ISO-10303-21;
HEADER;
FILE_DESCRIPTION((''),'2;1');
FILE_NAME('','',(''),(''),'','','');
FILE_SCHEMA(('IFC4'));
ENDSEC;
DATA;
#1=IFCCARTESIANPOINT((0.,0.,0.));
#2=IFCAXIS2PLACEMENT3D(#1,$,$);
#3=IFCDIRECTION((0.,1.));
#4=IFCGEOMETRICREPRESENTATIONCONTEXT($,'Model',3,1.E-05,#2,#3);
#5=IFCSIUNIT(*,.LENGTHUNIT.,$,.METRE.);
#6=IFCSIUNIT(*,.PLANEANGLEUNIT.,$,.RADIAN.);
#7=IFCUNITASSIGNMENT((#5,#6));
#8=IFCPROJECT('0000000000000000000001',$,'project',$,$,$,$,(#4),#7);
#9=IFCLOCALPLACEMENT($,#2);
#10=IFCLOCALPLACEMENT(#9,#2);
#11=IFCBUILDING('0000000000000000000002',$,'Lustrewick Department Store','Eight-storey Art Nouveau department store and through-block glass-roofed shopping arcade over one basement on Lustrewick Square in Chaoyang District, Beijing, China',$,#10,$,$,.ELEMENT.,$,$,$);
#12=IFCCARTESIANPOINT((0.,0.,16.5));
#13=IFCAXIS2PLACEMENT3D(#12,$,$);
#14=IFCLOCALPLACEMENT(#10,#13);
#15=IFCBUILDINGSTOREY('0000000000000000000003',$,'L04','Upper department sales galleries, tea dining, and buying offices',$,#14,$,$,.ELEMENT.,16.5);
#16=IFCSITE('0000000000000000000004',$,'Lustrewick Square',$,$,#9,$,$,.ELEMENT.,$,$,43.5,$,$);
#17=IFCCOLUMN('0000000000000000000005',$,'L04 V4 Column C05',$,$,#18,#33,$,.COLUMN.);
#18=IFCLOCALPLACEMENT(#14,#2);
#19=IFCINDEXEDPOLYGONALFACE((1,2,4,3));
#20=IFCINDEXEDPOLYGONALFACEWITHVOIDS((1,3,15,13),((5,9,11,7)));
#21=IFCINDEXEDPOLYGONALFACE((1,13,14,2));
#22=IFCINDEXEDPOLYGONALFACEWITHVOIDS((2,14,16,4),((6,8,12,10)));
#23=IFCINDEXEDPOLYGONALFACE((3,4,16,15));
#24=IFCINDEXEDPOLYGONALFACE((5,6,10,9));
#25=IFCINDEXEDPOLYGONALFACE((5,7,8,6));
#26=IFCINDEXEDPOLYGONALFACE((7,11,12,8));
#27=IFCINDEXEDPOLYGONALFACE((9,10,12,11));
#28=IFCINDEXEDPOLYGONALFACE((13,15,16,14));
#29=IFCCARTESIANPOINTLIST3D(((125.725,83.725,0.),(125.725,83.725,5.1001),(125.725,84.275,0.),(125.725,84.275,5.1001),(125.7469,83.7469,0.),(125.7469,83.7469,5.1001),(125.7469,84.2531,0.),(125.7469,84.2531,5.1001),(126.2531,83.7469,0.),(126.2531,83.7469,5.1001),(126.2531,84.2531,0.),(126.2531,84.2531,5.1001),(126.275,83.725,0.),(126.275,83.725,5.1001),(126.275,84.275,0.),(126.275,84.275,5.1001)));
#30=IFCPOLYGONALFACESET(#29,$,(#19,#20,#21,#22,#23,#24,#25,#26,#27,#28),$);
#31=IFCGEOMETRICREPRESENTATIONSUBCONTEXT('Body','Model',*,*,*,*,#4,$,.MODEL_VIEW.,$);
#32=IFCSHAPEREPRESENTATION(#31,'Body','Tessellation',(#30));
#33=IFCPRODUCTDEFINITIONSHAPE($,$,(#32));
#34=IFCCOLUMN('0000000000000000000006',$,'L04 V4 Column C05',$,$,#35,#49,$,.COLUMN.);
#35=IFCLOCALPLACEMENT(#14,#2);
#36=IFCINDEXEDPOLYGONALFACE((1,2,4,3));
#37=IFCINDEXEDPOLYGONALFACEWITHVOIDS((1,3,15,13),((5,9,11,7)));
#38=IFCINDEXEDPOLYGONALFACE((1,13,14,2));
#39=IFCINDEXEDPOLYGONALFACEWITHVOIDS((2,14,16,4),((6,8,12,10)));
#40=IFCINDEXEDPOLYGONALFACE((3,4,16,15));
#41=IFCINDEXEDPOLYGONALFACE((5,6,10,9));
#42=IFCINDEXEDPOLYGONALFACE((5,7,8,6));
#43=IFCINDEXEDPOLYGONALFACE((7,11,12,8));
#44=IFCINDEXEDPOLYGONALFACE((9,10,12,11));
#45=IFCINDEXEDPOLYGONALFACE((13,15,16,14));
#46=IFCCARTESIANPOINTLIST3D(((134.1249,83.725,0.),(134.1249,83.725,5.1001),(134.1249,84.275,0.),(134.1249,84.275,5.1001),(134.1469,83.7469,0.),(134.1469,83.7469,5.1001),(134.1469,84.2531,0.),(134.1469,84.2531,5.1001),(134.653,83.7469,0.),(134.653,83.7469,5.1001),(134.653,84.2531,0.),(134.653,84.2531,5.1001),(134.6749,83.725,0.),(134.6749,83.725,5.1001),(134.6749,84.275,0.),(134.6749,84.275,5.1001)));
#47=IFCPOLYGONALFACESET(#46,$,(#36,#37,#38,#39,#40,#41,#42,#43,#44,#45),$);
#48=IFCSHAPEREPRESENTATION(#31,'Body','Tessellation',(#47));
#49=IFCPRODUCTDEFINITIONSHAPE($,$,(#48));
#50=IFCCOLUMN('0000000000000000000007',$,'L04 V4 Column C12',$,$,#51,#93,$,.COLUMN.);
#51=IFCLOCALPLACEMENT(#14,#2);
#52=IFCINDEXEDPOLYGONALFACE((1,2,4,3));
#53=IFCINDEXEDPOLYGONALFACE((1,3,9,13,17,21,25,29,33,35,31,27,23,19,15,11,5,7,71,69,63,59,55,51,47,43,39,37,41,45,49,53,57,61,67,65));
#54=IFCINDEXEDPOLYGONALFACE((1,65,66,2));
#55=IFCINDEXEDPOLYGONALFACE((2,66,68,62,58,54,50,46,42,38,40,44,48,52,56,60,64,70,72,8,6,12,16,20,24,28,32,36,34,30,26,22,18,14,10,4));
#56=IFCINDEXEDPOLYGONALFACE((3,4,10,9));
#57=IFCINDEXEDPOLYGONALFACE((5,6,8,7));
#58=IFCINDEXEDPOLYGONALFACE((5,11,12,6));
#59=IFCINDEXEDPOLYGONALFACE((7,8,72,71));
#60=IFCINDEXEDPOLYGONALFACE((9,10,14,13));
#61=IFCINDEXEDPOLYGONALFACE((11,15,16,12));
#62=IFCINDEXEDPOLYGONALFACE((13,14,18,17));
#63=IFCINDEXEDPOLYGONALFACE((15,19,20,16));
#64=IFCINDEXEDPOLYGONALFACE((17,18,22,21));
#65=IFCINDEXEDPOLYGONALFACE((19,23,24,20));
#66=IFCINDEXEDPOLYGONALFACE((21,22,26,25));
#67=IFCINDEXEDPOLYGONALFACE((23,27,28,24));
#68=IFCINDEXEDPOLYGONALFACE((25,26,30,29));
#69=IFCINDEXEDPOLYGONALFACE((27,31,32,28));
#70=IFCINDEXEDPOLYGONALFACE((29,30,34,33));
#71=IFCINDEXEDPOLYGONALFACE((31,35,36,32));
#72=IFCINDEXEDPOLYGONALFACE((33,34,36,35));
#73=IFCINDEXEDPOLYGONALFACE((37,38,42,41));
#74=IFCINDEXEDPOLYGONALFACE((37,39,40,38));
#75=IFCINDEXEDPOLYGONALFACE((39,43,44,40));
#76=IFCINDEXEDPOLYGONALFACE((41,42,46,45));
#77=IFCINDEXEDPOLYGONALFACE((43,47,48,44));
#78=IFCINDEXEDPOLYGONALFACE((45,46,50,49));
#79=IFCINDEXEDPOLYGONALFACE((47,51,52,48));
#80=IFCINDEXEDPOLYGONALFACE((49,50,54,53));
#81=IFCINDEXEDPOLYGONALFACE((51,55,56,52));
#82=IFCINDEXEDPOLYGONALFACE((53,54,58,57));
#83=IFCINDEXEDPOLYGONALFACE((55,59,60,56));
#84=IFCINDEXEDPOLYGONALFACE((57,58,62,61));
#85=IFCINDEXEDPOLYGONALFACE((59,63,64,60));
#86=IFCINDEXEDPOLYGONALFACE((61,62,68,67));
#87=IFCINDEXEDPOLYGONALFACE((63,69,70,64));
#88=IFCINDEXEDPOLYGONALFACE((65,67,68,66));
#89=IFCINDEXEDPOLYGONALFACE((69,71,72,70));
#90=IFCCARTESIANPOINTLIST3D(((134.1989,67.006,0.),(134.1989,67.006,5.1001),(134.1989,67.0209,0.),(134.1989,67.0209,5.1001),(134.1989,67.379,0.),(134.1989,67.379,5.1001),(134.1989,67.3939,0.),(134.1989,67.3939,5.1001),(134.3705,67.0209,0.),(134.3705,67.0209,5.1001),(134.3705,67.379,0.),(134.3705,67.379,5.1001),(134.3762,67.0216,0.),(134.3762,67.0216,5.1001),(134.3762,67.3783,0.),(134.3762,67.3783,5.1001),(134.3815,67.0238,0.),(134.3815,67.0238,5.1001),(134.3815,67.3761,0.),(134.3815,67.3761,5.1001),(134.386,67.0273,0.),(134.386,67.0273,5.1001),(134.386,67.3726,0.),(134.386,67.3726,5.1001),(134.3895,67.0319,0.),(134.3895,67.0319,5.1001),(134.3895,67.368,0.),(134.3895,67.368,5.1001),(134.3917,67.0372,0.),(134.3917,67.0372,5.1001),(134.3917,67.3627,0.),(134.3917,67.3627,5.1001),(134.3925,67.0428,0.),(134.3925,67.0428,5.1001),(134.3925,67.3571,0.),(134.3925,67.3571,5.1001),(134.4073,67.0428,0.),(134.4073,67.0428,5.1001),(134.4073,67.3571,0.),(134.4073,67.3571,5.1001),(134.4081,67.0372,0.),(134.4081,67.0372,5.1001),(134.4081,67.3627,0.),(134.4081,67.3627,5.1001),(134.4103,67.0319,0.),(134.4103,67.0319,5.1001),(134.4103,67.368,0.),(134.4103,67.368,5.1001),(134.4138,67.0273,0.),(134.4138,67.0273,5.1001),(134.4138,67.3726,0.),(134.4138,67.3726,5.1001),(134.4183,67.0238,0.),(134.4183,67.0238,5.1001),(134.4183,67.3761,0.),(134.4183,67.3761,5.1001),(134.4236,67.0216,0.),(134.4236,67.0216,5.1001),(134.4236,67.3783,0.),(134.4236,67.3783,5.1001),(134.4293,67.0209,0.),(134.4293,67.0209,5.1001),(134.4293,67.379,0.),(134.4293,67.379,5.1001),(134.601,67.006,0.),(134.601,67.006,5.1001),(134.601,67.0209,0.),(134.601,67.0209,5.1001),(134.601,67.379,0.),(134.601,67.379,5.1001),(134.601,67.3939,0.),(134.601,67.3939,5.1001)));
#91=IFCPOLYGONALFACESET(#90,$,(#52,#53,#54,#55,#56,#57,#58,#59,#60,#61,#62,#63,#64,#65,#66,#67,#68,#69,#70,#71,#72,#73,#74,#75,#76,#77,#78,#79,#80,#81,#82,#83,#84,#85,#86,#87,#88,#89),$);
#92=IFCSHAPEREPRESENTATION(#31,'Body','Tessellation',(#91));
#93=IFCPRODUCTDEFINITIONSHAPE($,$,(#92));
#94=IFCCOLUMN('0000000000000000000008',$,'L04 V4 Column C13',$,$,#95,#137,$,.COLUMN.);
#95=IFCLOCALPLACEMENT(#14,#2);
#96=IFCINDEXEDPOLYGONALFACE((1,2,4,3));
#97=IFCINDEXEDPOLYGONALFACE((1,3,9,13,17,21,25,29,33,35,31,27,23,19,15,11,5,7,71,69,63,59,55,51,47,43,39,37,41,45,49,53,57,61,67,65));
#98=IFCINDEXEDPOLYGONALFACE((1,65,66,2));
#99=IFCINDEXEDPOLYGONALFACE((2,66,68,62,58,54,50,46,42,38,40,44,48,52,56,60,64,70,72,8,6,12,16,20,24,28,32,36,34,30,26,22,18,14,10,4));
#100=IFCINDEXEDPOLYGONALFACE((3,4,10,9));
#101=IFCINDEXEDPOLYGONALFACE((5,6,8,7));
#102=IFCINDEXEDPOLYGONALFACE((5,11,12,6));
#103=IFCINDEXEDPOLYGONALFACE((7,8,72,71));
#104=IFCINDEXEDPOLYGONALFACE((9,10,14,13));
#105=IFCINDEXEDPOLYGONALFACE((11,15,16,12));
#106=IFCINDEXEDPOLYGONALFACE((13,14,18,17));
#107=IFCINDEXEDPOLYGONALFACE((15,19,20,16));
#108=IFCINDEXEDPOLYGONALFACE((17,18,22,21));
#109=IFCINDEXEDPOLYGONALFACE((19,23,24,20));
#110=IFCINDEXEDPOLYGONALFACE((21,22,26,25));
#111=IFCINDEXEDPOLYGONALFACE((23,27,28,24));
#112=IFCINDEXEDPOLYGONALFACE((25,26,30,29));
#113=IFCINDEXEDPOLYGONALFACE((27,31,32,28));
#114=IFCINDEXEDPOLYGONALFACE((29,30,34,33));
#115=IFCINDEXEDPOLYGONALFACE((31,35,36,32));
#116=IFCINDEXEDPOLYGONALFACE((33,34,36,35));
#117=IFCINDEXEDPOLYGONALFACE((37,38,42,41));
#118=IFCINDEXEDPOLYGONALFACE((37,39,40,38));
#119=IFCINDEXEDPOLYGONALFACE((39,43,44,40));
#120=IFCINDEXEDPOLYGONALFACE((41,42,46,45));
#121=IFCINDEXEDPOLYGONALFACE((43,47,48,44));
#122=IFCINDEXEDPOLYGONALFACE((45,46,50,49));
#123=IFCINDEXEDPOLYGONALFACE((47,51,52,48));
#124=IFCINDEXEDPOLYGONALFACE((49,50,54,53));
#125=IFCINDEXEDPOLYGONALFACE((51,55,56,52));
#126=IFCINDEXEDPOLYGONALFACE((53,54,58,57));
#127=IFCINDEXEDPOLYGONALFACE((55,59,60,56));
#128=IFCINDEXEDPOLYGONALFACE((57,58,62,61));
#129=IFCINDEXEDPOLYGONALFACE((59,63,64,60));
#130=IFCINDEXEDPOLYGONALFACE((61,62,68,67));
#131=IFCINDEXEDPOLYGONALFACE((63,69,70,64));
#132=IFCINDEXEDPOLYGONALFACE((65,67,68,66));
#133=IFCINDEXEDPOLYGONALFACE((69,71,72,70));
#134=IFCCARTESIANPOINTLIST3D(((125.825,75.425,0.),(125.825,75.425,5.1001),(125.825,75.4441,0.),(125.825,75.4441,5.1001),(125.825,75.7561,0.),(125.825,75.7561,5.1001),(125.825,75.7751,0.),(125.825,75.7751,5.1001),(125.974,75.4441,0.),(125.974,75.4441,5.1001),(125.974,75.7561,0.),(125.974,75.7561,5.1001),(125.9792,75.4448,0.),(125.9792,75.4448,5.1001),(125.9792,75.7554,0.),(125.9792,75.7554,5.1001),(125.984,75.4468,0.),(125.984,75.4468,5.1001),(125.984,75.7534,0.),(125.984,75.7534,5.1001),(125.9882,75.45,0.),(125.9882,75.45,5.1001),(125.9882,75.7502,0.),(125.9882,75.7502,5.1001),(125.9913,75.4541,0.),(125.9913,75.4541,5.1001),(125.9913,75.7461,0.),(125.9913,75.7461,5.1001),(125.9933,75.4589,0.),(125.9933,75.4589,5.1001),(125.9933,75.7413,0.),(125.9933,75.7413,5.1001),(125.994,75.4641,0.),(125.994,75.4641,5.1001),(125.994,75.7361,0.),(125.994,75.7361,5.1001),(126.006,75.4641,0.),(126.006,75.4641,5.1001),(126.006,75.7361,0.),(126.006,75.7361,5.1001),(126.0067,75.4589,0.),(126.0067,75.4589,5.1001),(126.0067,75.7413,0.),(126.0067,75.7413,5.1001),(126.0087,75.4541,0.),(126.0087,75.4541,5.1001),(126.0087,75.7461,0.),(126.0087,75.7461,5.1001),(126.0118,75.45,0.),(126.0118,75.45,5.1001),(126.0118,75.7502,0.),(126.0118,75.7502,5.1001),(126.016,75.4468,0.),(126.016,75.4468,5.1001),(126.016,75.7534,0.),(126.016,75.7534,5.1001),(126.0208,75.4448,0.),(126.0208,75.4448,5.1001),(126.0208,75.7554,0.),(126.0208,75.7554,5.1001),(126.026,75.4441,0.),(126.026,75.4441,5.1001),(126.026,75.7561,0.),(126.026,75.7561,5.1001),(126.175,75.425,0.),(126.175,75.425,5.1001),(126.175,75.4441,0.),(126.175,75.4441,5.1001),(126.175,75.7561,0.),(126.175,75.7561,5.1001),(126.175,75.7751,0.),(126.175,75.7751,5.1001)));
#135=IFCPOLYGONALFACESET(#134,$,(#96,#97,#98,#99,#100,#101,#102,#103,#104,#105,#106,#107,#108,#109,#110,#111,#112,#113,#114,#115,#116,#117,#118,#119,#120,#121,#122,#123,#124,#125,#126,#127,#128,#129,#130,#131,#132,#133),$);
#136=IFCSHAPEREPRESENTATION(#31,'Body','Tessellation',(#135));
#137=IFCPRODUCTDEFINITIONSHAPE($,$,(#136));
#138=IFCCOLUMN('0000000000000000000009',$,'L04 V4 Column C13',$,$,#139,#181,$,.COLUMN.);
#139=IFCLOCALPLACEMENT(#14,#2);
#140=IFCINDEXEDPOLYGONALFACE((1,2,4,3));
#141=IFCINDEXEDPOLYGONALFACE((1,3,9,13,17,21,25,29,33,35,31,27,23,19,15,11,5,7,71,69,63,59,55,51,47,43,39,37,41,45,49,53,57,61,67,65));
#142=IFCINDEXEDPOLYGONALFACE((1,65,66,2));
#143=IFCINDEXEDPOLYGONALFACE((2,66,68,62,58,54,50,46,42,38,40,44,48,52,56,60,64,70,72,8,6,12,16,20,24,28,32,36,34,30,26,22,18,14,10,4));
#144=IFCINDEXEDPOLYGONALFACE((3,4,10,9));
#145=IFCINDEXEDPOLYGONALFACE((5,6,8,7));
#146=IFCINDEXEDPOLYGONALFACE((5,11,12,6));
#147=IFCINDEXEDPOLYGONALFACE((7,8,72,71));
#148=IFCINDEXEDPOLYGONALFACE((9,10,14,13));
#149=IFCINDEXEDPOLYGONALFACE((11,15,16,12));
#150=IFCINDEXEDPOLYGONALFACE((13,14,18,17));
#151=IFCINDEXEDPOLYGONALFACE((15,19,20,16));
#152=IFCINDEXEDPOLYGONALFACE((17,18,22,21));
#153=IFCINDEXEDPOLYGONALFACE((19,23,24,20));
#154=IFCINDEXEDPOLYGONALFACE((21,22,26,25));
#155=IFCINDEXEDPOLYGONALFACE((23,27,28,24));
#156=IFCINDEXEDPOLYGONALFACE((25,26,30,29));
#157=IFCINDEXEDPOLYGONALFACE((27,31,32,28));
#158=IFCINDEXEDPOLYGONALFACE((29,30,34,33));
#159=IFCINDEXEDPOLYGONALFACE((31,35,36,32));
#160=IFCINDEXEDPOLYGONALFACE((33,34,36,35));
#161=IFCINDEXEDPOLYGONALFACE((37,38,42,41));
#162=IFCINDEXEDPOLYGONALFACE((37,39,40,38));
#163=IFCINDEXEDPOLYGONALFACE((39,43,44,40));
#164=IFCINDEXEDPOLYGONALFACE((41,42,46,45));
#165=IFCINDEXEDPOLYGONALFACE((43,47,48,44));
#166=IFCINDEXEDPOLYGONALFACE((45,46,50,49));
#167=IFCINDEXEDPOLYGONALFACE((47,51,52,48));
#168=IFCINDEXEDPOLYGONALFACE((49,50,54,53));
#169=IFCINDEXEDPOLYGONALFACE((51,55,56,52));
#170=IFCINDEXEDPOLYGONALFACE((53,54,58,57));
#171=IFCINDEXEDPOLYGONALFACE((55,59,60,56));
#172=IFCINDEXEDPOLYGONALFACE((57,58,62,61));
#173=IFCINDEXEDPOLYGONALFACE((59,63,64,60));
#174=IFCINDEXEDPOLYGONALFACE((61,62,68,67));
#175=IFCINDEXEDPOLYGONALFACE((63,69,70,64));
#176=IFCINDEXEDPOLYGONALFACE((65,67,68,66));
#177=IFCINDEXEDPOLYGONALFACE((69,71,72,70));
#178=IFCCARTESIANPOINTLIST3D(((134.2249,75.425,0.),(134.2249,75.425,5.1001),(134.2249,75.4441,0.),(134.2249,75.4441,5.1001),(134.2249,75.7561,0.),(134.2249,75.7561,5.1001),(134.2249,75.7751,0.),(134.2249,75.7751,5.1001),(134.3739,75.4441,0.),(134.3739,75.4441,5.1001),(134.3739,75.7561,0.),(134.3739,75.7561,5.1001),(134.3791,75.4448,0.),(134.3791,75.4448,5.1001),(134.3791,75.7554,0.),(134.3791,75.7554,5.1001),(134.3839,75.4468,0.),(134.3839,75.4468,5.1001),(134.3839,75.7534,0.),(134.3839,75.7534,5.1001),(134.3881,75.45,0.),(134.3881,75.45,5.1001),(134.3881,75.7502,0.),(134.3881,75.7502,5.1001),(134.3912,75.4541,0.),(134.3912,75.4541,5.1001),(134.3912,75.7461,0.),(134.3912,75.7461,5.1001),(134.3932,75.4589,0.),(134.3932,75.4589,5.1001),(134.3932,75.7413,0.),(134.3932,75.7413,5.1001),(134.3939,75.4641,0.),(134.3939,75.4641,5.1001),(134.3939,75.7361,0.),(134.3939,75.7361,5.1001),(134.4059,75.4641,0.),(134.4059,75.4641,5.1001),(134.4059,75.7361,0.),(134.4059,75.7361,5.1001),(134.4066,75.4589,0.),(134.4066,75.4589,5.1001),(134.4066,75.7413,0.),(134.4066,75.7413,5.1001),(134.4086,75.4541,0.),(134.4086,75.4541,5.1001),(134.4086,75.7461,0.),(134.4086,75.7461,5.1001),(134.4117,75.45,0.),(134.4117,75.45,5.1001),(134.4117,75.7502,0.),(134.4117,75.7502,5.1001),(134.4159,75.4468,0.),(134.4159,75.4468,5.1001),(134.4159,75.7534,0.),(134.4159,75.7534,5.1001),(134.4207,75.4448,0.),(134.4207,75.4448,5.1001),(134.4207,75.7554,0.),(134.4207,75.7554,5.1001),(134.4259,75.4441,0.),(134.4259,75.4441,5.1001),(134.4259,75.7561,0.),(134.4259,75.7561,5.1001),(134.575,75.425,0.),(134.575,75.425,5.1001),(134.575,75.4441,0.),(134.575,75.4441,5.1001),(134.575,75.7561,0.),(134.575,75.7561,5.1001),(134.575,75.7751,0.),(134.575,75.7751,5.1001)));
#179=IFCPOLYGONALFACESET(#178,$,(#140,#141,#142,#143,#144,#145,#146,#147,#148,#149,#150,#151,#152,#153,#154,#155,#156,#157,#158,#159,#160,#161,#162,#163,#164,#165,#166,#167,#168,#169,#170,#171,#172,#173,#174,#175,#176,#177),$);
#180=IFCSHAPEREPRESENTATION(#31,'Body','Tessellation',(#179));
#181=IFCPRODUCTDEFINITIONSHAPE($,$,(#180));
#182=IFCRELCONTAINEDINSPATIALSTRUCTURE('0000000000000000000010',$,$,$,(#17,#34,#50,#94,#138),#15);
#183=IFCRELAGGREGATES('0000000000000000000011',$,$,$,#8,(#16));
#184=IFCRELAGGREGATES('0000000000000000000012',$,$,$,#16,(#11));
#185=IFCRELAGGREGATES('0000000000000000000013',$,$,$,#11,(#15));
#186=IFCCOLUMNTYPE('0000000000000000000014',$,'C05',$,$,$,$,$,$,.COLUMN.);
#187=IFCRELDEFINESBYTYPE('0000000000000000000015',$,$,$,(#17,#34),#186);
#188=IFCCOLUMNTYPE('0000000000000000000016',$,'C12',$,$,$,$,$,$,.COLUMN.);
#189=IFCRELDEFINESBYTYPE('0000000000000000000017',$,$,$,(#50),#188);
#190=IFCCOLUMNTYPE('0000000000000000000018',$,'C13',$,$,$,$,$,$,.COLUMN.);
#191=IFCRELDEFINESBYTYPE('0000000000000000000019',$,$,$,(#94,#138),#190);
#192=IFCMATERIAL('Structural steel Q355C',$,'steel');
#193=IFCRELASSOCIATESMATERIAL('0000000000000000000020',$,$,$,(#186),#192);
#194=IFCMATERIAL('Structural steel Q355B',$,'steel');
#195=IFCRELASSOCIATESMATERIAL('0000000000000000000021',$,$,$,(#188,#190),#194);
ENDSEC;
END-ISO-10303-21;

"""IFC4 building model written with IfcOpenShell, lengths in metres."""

from ifc_helpers import new_model, si_unit, direction, frame, origin, origin_2d, place, context, subcontext, project, spatial, hollow_rectangle, i_section, extrude, material, material_profile, profile_set, type_object, element, save


model = new_model("IFC4")

# Units and contexts
model_context = context("Model", 3, precision=1e-05, world=origin(), true_north=direction((0.0, 1.0)))
body_context = subcontext(model_context, "Body", "Model", "MODEL_VIEW")
ifc_project = project(units=[si_unit("LENGTHUNIT", "METRE"), si_unit("PLANEANGLEUNIT", "RADIAN")], contexts=[model_context])

# Site, building, storey
site_placement = place(None, origin())
site = spatial("IfcSite", under=ifc_project, at=site_placement, Name="Lustrewick Square", CompositionType="ELEMENT", RefElevation=43.5)
building_placement = place(site_placement, origin())
building = spatial("IfcBuilding", under=site, at=building_placement, Name="Lustrewick Department Store", Description="Eight-storey Art Nouveau department store and through-block glass-roofed shopping arcade over one basement on Lustrewick Square in Chaoyang District, Beijing, China", CompositionType="ELEMENT")
storey_placement = place(building_placement, frame((0.0, 0.0, 16.5)))
storey = spatial("IfcBuildingStorey", under=building, at=storey_placement, Name="L04", Description="Upper department sales galleries, tea dining, and buying offices", CompositionType="ELEMENT", Elevation=16.5)

# Columns
ifc_material_1 = material(Name="Structural steel Q355C", Category="steel")
ifc_material_profile_1 = material_profile(ifc_material_1, hollow_rectangle(XDim=0.55, YDim=0.55, WallThickness=0.022, at=origin_2d()), Name="BOX 550x550x22")
ifc_profile_set_1 = profile_set([ifc_material_profile_1], Name="Structural steel Q355C")
column_type_1 = type_object("IfcColumnType", Name="C05", PredefinedType="COLUMN", material=ifc_profile_set_1)
for number, where, z_axis, x_axis, name in (
    (1, (126.0, 84.0, 0.0), (0.0, 0.0, 1.0), (1.0, 0.0, 0.0), "L04 V4 Column C05"),
    (2, (134.3999, 84.0, 0.0), (0.0, 0.0, 1.0), (1.0, 0.0, 0.0), "L04 V4 Column C05"),
):
    element("IfcColumn", number, at=place(storey_placement, frame(where, z_axis=z_axis, x_axis=x_axis)), inside=storey, type_object=column_type_1, Name=name, PredefinedType="COLUMN", context=body_context, shape_type="SweptSolid", body=[
        extrude(hollow_rectangle(XDim=0.55, YDim=0.55, WallThickness=0.022, at=origin_2d()), origin(), (0.0, 0.0, 1.0), 5.1001),
    ])
ifc_material_2 = material(Name="Structural steel Q355B", Category="steel")
ifc_material_profile_2 = material_profile(ifc_material_2, i_section(OverallWidth=0.4021, OverallDepth=0.3879, WebThickness=0.0149, FlangeThickness=0.0149, FilletRadius=0.022, at=origin_2d()), Name="HW 388x402x15x15")
ifc_profile_set_2 = profile_set([ifc_material_profile_2], Name="Structural steel Q355B")
column_type_2 = type_object("IfcColumnType", Name="C12", PredefinedType="COLUMN", material=ifc_profile_set_2)
column_placement = place(storey_placement, frame((134.3999, 67.2, 0.0), z_axis=(0.0, 0.0, 1.0), x_axis=(1.0, 0.0, 0.0)))
element("IfcColumn", 3, at=column_placement, inside=storey, type_object=column_type_2, Name="L04 V4 Column C12", PredefinedType="COLUMN", context=body_context, shape_type="SweptSolid", body=[
    extrude(i_section(OverallWidth=0.4021, OverallDepth=0.3879, WebThickness=0.0149, FlangeThickness=0.0149, FilletRadius=0.022, at=origin_2d()), origin(), (0.0, 0.0, 1.0), 5.1001),
])
ifc_material_profile_3 = material_profile(ifc_material_2, i_section(OverallWidth=0.3501, OverallDepth=0.3501, WebThickness=0.012, FlangeThickness=0.019, FilletRadius=0.02, at=origin_2d()), Name="HW 350x350x12x19")
ifc_profile_set_3 = profile_set([ifc_material_profile_3], Name="Structural steel Q355B")
column_type_3 = type_object("IfcColumnType", Name="C13", PredefinedType="COLUMN", material=ifc_profile_set_3)
for number, where, z_axis, x_axis, name in (
    (4, (126.0, 75.6001, 0.0), (0.0, 0.0, 1.0), (1.0, 0.0, 0.0), "L04 V4 Column C13"),
    (5, (134.3999, 75.6001, 0.0), (0.0, 0.0, 1.0), (1.0, 0.0, 0.0), "L04 V4 Column C13"),
):
    element("IfcColumn", number, at=place(storey_placement, frame(where, z_axis=z_axis, x_axis=x_axis)), inside=storey, type_object=column_type_3, Name=name, PredefinedType="COLUMN", context=body_context, shape_type="SweptSolid", body=[
        extrude(i_section(OverallWidth=0.3501, OverallDepth=0.3501, WebThickness=0.012, FlangeThickness=0.019, FilletRadius=0.02, at=origin_2d()), origin(), (0.0, 0.0, 1.0), 5.1001),
    ])

save(model, "model.ifc")
